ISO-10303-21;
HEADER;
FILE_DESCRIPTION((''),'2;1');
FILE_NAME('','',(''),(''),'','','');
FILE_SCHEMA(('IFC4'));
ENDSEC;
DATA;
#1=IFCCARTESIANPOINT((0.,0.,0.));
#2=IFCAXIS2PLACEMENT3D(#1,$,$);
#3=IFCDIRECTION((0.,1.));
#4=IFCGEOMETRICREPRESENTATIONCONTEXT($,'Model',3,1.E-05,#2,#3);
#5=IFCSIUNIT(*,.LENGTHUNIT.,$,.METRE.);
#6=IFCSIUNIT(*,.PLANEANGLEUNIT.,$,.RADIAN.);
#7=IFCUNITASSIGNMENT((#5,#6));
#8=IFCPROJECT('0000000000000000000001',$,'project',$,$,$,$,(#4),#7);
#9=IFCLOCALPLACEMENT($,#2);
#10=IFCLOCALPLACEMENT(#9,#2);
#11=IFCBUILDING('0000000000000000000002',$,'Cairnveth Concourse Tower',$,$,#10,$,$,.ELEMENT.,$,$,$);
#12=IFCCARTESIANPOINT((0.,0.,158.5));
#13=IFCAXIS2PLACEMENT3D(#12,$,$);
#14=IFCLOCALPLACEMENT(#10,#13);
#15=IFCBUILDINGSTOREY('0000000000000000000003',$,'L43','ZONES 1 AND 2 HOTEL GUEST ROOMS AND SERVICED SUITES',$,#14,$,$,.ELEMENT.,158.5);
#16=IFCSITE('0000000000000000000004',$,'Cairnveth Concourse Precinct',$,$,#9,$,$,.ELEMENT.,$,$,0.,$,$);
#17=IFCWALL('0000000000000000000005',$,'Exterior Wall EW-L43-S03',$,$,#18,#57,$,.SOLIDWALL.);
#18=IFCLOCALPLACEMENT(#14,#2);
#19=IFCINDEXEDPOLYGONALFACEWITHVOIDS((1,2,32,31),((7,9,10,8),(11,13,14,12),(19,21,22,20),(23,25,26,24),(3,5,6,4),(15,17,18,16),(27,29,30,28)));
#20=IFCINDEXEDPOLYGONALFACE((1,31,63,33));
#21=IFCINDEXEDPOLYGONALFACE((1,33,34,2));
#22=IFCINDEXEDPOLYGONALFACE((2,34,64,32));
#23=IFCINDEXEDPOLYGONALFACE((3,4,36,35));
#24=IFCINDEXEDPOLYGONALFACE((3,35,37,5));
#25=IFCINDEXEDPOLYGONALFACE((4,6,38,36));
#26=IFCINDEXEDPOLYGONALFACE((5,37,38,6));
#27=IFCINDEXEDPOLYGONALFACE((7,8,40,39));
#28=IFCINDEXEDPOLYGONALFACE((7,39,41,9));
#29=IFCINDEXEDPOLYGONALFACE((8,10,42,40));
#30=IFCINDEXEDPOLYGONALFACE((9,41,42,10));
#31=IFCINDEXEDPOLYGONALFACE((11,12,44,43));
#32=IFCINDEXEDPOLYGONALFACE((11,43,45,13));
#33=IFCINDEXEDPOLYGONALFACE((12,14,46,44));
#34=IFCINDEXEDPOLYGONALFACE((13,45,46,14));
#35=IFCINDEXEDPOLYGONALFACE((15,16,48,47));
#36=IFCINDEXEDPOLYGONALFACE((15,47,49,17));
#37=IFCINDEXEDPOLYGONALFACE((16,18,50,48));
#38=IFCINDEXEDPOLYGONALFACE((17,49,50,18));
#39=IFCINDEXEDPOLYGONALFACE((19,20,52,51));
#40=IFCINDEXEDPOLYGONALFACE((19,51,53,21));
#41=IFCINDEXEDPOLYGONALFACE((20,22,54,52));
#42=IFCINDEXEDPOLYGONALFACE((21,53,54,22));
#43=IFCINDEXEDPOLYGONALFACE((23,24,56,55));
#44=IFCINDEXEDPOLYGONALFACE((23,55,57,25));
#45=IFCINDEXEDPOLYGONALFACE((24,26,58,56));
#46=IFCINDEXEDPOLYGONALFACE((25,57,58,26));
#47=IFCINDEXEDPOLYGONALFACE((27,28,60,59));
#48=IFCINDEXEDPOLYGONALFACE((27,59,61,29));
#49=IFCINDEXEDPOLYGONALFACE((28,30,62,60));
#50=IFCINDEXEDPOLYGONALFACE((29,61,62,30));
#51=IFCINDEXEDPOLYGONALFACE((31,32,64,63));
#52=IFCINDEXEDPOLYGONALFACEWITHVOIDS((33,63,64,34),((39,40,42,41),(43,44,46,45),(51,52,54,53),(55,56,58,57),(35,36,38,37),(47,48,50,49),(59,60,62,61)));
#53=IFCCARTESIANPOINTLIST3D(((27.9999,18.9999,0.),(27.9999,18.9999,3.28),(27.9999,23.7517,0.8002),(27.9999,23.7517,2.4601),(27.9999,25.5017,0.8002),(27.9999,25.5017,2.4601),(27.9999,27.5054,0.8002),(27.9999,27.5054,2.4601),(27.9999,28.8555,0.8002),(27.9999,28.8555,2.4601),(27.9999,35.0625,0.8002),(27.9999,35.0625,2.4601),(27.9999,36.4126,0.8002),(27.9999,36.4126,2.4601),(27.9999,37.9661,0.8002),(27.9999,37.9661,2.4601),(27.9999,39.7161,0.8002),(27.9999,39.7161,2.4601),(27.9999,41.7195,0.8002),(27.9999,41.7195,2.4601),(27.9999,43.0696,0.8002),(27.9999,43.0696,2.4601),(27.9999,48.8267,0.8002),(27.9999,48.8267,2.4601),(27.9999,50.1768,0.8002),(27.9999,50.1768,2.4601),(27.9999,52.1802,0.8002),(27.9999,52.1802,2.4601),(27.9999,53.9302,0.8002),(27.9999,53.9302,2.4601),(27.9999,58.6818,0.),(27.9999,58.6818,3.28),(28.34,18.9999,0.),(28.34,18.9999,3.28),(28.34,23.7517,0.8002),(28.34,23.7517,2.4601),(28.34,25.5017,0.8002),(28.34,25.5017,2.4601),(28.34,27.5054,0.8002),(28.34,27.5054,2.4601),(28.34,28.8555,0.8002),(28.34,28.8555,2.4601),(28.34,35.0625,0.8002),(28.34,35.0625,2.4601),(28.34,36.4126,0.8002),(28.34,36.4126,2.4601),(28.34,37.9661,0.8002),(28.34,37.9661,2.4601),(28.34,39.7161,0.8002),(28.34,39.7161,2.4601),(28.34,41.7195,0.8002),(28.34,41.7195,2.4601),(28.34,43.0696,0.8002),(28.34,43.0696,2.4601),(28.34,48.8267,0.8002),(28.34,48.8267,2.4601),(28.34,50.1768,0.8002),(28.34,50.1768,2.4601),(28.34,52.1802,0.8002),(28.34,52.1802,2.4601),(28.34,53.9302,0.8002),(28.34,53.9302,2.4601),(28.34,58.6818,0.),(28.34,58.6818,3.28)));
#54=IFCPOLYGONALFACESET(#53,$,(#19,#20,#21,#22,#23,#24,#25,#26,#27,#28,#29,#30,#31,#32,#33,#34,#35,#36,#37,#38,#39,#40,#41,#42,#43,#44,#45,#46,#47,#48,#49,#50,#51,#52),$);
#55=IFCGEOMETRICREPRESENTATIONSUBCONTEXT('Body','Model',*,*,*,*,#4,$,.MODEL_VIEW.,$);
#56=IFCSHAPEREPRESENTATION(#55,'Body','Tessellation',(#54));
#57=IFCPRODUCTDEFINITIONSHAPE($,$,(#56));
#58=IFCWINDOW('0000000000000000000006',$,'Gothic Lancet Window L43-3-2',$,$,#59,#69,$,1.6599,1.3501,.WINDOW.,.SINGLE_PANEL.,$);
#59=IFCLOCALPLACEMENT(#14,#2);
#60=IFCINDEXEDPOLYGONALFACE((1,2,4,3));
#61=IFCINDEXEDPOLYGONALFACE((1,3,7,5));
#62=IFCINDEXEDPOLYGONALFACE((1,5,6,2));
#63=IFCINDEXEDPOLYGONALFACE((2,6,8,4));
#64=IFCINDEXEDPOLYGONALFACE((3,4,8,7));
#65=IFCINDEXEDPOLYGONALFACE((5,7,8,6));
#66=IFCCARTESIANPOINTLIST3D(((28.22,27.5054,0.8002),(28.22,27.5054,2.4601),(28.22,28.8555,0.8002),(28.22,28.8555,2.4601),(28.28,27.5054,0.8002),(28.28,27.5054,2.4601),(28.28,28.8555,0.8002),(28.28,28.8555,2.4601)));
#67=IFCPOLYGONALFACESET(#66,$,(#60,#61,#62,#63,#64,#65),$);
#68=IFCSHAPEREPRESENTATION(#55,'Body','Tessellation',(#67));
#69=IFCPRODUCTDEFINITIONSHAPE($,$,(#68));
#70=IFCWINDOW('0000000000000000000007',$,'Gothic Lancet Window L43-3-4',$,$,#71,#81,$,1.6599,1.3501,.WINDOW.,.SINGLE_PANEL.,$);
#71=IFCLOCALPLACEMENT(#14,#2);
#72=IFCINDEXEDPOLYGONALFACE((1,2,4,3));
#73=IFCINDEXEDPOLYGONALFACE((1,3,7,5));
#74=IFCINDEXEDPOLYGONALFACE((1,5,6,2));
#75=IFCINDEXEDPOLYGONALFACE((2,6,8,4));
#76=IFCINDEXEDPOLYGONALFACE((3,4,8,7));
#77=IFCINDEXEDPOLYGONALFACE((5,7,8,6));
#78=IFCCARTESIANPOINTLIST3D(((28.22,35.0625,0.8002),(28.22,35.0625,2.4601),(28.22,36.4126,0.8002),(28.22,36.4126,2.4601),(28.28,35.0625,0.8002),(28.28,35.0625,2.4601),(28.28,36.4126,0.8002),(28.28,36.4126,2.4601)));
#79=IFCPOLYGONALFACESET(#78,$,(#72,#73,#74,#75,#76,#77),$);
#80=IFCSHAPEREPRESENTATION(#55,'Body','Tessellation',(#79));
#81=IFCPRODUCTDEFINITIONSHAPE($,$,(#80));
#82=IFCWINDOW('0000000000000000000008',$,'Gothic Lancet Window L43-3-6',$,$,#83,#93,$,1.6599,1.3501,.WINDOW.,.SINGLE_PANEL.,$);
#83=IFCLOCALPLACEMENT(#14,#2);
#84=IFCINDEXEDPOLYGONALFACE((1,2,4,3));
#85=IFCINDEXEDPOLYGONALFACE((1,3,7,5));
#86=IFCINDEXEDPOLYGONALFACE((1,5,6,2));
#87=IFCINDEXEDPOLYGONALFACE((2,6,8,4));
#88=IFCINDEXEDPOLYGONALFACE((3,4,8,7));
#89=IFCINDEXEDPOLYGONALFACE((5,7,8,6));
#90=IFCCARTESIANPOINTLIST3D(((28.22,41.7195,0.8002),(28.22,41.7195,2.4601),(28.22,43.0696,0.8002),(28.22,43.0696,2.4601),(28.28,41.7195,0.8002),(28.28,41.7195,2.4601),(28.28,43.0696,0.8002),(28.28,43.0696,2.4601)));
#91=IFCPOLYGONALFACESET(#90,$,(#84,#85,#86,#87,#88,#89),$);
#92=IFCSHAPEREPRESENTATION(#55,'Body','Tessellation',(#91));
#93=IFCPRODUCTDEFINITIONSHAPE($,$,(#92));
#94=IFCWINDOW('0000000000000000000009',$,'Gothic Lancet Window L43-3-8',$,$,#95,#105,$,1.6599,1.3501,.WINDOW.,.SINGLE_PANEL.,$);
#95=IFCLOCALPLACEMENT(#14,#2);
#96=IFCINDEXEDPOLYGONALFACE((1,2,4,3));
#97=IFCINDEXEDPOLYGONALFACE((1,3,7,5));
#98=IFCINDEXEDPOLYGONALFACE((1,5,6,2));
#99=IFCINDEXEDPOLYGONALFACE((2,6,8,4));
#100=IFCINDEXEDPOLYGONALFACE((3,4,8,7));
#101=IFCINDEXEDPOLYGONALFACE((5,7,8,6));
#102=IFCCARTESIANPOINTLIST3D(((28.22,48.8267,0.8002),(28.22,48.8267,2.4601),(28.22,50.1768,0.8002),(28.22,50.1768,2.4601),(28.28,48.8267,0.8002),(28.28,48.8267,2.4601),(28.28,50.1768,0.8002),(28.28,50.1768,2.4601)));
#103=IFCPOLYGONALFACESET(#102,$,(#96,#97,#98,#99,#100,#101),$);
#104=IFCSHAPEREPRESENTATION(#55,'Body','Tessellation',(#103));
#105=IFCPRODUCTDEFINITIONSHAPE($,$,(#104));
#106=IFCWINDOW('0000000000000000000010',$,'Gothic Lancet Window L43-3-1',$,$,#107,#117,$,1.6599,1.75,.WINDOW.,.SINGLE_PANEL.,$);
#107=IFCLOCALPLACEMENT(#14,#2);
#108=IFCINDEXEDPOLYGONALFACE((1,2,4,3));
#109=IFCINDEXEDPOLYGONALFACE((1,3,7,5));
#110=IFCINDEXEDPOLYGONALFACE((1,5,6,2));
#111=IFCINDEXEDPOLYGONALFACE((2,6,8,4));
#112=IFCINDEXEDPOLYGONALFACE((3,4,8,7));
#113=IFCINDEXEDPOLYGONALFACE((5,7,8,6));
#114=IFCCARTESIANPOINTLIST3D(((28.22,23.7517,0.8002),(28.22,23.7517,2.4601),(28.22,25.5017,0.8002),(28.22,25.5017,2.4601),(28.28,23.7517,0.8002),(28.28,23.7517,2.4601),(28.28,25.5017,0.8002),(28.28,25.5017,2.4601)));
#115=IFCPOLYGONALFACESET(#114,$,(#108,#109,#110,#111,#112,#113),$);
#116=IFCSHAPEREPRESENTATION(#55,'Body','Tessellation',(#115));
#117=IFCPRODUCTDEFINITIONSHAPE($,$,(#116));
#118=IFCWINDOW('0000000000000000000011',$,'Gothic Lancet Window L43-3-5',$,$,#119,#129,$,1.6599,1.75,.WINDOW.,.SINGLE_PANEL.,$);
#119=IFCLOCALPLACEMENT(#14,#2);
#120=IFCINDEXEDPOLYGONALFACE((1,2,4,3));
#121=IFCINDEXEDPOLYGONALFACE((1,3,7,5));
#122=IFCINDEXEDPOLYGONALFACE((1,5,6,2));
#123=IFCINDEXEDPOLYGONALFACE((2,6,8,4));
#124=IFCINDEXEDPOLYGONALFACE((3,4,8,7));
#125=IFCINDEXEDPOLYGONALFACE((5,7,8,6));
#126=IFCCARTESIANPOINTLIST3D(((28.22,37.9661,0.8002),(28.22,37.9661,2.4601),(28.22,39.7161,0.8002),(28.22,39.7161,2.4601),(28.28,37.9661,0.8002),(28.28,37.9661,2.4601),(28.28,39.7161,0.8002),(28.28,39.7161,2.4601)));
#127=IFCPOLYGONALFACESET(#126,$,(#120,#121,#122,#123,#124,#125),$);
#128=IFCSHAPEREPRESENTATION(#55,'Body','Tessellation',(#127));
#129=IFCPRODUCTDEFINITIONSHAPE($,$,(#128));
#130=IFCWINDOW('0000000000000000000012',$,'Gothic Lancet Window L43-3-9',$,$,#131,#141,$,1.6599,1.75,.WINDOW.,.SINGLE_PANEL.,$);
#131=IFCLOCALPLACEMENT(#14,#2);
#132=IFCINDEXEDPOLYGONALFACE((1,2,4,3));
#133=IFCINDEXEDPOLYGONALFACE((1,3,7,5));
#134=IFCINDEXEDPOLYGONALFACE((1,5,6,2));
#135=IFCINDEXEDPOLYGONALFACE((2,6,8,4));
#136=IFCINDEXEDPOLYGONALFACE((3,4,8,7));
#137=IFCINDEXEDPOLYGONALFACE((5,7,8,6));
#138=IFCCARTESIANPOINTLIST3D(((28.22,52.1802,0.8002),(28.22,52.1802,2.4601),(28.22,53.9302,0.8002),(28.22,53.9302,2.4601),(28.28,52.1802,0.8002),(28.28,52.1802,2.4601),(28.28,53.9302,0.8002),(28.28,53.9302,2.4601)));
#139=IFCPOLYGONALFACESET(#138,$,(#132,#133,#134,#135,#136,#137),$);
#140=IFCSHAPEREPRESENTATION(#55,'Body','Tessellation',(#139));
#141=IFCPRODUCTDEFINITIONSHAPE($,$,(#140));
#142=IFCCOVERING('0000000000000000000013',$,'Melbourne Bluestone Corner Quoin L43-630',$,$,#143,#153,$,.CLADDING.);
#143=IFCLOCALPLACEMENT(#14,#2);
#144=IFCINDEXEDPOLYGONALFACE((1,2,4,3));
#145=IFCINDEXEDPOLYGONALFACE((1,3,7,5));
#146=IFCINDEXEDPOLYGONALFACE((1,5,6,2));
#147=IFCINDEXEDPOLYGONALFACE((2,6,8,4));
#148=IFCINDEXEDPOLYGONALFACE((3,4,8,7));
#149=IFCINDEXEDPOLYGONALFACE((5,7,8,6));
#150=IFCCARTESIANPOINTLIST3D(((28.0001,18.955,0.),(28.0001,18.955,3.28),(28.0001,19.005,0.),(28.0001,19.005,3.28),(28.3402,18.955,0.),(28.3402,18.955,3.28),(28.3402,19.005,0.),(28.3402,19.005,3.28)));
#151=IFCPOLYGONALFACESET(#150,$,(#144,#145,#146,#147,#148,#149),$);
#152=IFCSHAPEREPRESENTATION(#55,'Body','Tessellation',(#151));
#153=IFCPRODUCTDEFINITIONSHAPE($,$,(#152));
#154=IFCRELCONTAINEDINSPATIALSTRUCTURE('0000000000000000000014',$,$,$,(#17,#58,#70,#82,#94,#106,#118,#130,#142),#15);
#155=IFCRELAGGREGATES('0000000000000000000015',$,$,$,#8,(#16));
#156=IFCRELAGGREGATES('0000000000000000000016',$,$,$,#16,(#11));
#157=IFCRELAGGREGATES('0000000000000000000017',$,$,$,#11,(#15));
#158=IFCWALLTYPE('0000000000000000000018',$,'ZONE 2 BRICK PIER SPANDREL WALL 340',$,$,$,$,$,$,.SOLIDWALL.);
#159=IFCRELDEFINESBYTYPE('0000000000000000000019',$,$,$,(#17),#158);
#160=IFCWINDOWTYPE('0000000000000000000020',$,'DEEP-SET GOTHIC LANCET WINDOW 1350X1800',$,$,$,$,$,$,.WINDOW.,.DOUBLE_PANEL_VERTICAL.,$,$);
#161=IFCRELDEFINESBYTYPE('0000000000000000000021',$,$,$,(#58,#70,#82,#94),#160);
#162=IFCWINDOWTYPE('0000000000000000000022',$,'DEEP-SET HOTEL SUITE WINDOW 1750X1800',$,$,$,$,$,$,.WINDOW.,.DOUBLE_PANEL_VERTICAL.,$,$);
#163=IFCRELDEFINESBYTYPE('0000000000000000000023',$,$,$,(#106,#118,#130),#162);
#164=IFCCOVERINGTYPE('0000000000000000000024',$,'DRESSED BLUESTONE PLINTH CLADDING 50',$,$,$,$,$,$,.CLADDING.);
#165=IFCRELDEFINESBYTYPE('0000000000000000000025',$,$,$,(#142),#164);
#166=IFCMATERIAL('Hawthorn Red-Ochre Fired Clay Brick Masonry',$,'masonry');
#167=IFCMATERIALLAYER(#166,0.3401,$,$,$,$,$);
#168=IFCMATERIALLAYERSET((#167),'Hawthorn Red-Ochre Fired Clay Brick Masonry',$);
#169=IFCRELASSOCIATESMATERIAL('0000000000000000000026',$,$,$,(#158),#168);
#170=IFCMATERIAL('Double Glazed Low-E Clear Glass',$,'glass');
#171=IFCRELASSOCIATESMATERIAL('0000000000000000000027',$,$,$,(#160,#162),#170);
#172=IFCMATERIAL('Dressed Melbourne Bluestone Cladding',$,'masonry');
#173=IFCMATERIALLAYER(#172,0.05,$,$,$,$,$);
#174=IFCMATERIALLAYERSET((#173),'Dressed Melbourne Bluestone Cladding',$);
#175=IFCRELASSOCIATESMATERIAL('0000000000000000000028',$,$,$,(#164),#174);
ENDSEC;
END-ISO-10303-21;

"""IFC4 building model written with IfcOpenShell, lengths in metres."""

from ifc_helpers import new_model, si_unit, direction, frame, frame_2d, origin, place, context, subcontext, project, spatial, rectangle, extrude, material, layer, layer_set, type_object, element, fill, save


model = new_model("IFC4")

# Units and contexts
model_context = context("Model", 3, precision=1e-05, world=origin(), true_north=direction((0.0, 1.0)))
body_context = subcontext(model_context, "Body", "Model", "MODEL_VIEW")
ifc_project = project(units=[si_unit("LENGTHUNIT", "METRE"), si_unit("PLANEANGLEUNIT", "RADIAN")], contexts=[model_context])

# Site, building, storey
site_placement = place(None, origin())
site = spatial("IfcSite", under=ifc_project, at=site_placement, Name="Cairnveth Concourse Precinct", CompositionType="ELEMENT", RefElevation=0.0)
building_placement = place(site_placement, origin())
building = spatial("IfcBuilding", under=site, at=building_placement, Name="Cairnveth Concourse Tower", CompositionType="ELEMENT")
storey_placement = place(building_placement, frame((0.0, 0.0, 158.5)))
storey = spatial("IfcBuildingStorey", under=building, at=storey_placement, Name="L43", Description="ZONES 1 AND 2 HOTEL GUEST ROOMS AND SERVICED SUITES", CompositionType="ELEMENT", Elevation=158.5)

# Wall, openings, windows
ifc_material_1 = material(Name="Hawthorn Red-Ochre Fired Clay Brick Masonry", Category="masonry")
ifc_layer_1 = layer(ifc_material_1, 0.3401)
ifc_layer_set_1 = layer_set([ifc_layer_1], Name="Hawthorn Red-Ochre Fired Clay Brick Masonry")
wall_type_1 = type_object("IfcWallType", Name="ZONE 2 BRICK PIER SPANDREL WALL 340", PredefinedType="SOLIDWALL", material=ifc_layer_set_1)
wall_1_placement = place(storey_placement, frame((28.1699, 19.0, 0.0), z_axis=(0.0, 0.0, 1.0), x_axis=(0.0, 1.0, 0.0)))
wall_1 = element("IfcWall", 1, at=wall_1_placement, inside=storey, type_object=wall_type_1, Name="Exterior Wall EW-L43-S03", PredefinedType="SOLIDWALL", context=body_context, shape_type="SweptSolid", body=[
    extrude(rectangle(XDim=39.6819, YDim=0.3401, at=frame_2d((19.8408, 0.0))), origin(), (0.0, 0.0, 1.0), 3.28),
])
opening_1_placement = place(wall_1_placement, frame((4.7517, 0.0, 0.8)))
opening_1 = element("IfcOpeningElement", 2, at=opening_1_placement, cuts=wall_1, PredefinedType="OPENING", context=body_context, shape_type="SweptSolid", body=[
    extrude(rectangle(XDim=1.75, YDim=1.6599, at=frame_2d((0.875, 0.8301))), frame((0.0, 0.1799, 0.0), z_axis=(0.0, -1.0, 0.0), x_axis=(1.0, 0.0, 0.0)), (0.0, 0.0, 1.0), 0.3601),
])
opening_2_placement = place(wall_1_placement, frame((8.5054, 0.0, 0.8)))
opening_2 = element("IfcOpeningElement", 3, at=opening_2_placement, cuts=wall_1, PredefinedType="OPENING", context=body_context, shape_type="SweptSolid", body=[
    extrude(rectangle(XDim=1.3501, YDim=1.6599, at=frame_2d((0.675, 0.8301))), frame((0.0, 0.1799, 0.0), z_axis=(0.0, -1.0, 0.0), x_axis=(1.0, 0.0, 0.0)), (0.0, 0.0, 1.0), 0.3601),
])
opening_3_placement = place(wall_1_placement, frame((16.0625, 0.0, 0.8)))
opening_3 = element("IfcOpeningElement", 4, at=opening_3_placement, cuts=wall_1, PredefinedType="OPENING", context=body_context, shape_type="SweptSolid", body=[
    extrude(rectangle(XDim=1.3501, YDim=1.6599, at=frame_2d((0.675, 0.8301))), frame((0.0, 0.1799, 0.0), z_axis=(0.0, -1.0, 0.0), x_axis=(1.0, 0.0, 0.0)), (0.0, 0.0, 1.0), 0.3601),
])
opening_4_placement = place(wall_1_placement, frame((18.9661, 0.0, 0.8)))
opening_4 = element("IfcOpeningElement", 5, at=opening_4_placement, cuts=wall_1, PredefinedType="OPENING", context=body_context, shape_type="SweptSolid", body=[
    extrude(rectangle(XDim=1.75, YDim=1.6599, at=frame_2d((0.875, 0.8301))), frame((0.0, 0.1799, 0.0), z_axis=(0.0, -1.0, 0.0), x_axis=(1.0, 0.0, 0.0)), (0.0, 0.0, 1.0), 0.3601),
])
opening_5_placement = place(wall_1_placement, frame((22.7195, 0.0, 0.8)))
opening_5 = element("IfcOpeningElement", 6, at=opening_5_placement, cuts=wall_1, PredefinedType="OPENING", context=body_context, shape_type="SweptSolid", body=[
    extrude(rectangle(XDim=1.3501, YDim=1.6599, at=frame_2d((0.675, 0.8301))), frame((0.0, 0.1799, 0.0), z_axis=(0.0, -1.0, 0.0), x_axis=(1.0, 0.0, 0.0)), (0.0, 0.0, 1.0), 0.3601),
])
opening_6_placement = place(wall_1_placement, frame((29.8267, 0.0, 0.8)))
opening_6 = element("IfcOpeningElement", 7, at=opening_6_placement, cuts=wall_1, PredefinedType="OPENING", context=body_context, shape_type="SweptSolid", body=[
    extrude(rectangle(XDim=1.3501, YDim=1.6599, at=frame_2d((0.675, 0.8301))), frame((0.0, 0.1799, 0.0), z_axis=(0.0, -1.0, 0.0), x_axis=(1.0, 0.0, 0.0)), (0.0, 0.0, 1.0), 0.3601),
])
opening_7_placement = place(wall_1_placement, frame((33.1802, 0.0, 0.8)))
opening_7 = element("IfcOpeningElement", 8, at=opening_7_placement, cuts=wall_1, PredefinedType="OPENING", context=body_context, shape_type="SweptSolid", body=[
    extrude(rectangle(XDim=1.75, YDim=1.6599, at=frame_2d((0.875, 0.8301))), frame((0.0, 0.1799, 0.0), z_axis=(0.0, -1.0, 0.0), x_axis=(1.0, 0.0, 0.0)), (0.0, 0.0, 1.0), 0.3601),
])
ifc_material_2 = material(Name="Double Glazed Low-E Clear Glass", Category="glass")
window_type_1 = type_object("IfcWindowType", Name="DEEP-SET GOTHIC LANCET WINDOW 1350X1800", PartitioningType="DOUBLE_PANEL_VERTICAL", PredefinedType="WINDOW", material=ifc_material_2)
window_1_placement = place(opening_2_placement, origin())
window_1 = element("IfcWindow", 9, at=window_1_placement, inside=storey, type_object=window_type_1, Name="Gothic Lancet Window L43-3-2", OverallHeight=1.6599, OverallWidth=1.3501, PartitioningType="SINGLE_PANEL", PredefinedType="WINDOW", context=body_context, shape_type="SweptSolid", body=[
    extrude(rectangle(XDim=1.3501, YDim=1.6599, at=frame_2d((0.675, 0.8301))), frame((0.0, -0.05, 0.0), z_axis=(0.0, -1.0, 0.0), x_axis=(1.0, 0.0, 0.0)), (0.0, 0.0, 1.0), 0.0601),
])
fill(opening_2, window_1)
window_2_placement = place(opening_3_placement, origin())
window_2 = element("IfcWindow", 10, at=window_2_placement, inside=storey, type_object=window_type_1, Name="Gothic Lancet Window L43-3-4", OverallHeight=1.6599, OverallWidth=1.3501, PartitioningType="SINGLE_PANEL", PredefinedType="WINDOW", context=body_context, shape_type="SweptSolid", body=[
    extrude(rectangle(XDim=1.3501, YDim=1.6599, at=frame_2d((0.675, 0.8301))), frame((0.0, -0.05, 0.0), z_axis=(0.0, -1.0, 0.0), x_axis=(1.0, 0.0, 0.0)), (0.0, 0.0, 1.0), 0.0601),
])
fill(opening_3, window_2)
window_3_placement = place(opening_5_placement, origin())
window_3 = element("IfcWindow", 11, at=window_3_placement, inside=storey, type_object=window_type_1, Name="Gothic Lancet Window L43-3-6", OverallHeight=1.6599, OverallWidth=1.3501, PartitioningType="SINGLE_PANEL", PredefinedType="WINDOW", context=body_context, shape_type="SweptSolid", body=[
    extrude(rectangle(XDim=1.3501, YDim=1.6599, at=frame_2d((0.675, 0.8301))), frame((0.0, -0.05, 0.0), z_axis=(0.0, -1.0, 0.0), x_axis=(1.0, 0.0, 0.0)), (0.0, 0.0, 1.0), 0.0601),
])
fill(opening_5, window_3)
window_4_placement = place(opening_6_placement, origin())
window_4 = element("IfcWindow", 12, at=window_4_placement, inside=storey, type_object=window_type_1, Name="Gothic Lancet Window L43-3-8", OverallHeight=1.6599, OverallWidth=1.3501, PartitioningType="SINGLE_PANEL", PredefinedType="WINDOW", context=body_context, shape_type="SweptSolid", body=[
    extrude(rectangle(XDim=1.3501, YDim=1.6599, at=frame_2d((0.675, 0.8301))), frame((0.0, -0.05, 0.0), z_axis=(0.0, -1.0, 0.0), x_axis=(1.0, 0.0, 0.0)), (0.0, 0.0, 1.0), 0.0601),
])
fill(opening_6, window_4)
window_type_2 = type_object("IfcWindowType", Name="DEEP-SET HOTEL SUITE WINDOW 1750X1800", PartitioningType="DOUBLE_PANEL_VERTICAL", PredefinedType="WINDOW", material=ifc_material_2)
window_5_placement = place(opening_1_placement, origin())
window_5 = element("IfcWindow", 13, at=window_5_placement, inside=storey, type_object=window_type_2, Name="Gothic Lancet Window L43-3-1", OverallHeight=1.6599, OverallWidth=1.75, PartitioningType="SINGLE_PANEL", PredefinedType="WINDOW", context=body_context, shape_type="SweptSolid", body=[
    extrude(rectangle(XDim=1.75, YDim=1.6599, at=frame_2d((0.875, 0.8301))), frame((0.0, -0.05, 0.0), z_axis=(0.0, -1.0, 0.0), x_axis=(1.0, 0.0, 0.0)), (0.0, 0.0, 1.0), 0.0601),
])
fill(opening_1, window_5)
window_6_placement = place(opening_4_placement, origin())
window_6 = element("IfcWindow", 14, at=window_6_placement, inside=storey, type_object=window_type_2, Name="Gothic Lancet Window L43-3-5", OverallHeight=1.6599, OverallWidth=1.75, PartitioningType="SINGLE_PANEL", PredefinedType="WINDOW", context=body_context, shape_type="SweptSolid", body=[
    extrude(rectangle(XDim=1.75, YDim=1.6599, at=frame_2d((0.875, 0.8301))), frame((0.0, -0.05, 0.0), z_axis=(0.0, -1.0, 0.0), x_axis=(1.0, 0.0, 0.0)), (0.0, 0.0, 1.0), 0.0601),
])
fill(opening_4, window_6)
window_7_placement = place(opening_7_placement, origin())
window_7 = element("IfcWindow", 15, at=window_7_placement, inside=storey, type_object=window_type_2, Name="Gothic Lancet Window L43-3-9", OverallHeight=1.6599, OverallWidth=1.75, PartitioningType="SINGLE_PANEL", PredefinedType="WINDOW", context=body_context, shape_type="SweptSolid", body=[
    extrude(rectangle(XDim=1.75, YDim=1.6599, at=frame_2d((0.875, 0.8301))), frame((0.0, -0.05, 0.0), z_axis=(0.0, -1.0, 0.0), x_axis=(1.0, 0.0, 0.0)), (0.0, 0.0, 1.0), 0.0601),
])
fill(opening_7, window_7)

# Covering
ifc_material_3 = material(Name="Dressed Melbourne Bluestone Cladding", Category="masonry")
ifc_layer_2 = layer(ifc_material_3, 0.05)
ifc_layer_set_2 = layer_set([ifc_layer_2], Name="Dressed Melbourne Bluestone Cladding")
covering_type = type_object("IfcCoveringType", Name="DRESSED BLUESTONE PLINTH CLADDING 50", PredefinedType="CLADDING", material=ifc_layer_set_2)
covering_placement = place(storey_placement, frame((28.3401, 18.98, 0.0), z_axis=(0.0, 0.0, 1.0), x_axis=(-1.0, 0.0, 0.0)))
element("IfcCovering", 16, at=covering_placement, inside=storey, type_object=covering_type, Name="Melbourne Bluestone Corner Quoin L43-630", PredefinedType="CLADDING", context=body_context, shape_type="SweptSolid", body=[
    extrude(rectangle(XDim=0.3401, YDim=0.05, at=frame_2d((0.1699, 0.0))), origin(), (0.0, 0.0, 1.0), 3.28),
])

save(model, "model.ifc")
